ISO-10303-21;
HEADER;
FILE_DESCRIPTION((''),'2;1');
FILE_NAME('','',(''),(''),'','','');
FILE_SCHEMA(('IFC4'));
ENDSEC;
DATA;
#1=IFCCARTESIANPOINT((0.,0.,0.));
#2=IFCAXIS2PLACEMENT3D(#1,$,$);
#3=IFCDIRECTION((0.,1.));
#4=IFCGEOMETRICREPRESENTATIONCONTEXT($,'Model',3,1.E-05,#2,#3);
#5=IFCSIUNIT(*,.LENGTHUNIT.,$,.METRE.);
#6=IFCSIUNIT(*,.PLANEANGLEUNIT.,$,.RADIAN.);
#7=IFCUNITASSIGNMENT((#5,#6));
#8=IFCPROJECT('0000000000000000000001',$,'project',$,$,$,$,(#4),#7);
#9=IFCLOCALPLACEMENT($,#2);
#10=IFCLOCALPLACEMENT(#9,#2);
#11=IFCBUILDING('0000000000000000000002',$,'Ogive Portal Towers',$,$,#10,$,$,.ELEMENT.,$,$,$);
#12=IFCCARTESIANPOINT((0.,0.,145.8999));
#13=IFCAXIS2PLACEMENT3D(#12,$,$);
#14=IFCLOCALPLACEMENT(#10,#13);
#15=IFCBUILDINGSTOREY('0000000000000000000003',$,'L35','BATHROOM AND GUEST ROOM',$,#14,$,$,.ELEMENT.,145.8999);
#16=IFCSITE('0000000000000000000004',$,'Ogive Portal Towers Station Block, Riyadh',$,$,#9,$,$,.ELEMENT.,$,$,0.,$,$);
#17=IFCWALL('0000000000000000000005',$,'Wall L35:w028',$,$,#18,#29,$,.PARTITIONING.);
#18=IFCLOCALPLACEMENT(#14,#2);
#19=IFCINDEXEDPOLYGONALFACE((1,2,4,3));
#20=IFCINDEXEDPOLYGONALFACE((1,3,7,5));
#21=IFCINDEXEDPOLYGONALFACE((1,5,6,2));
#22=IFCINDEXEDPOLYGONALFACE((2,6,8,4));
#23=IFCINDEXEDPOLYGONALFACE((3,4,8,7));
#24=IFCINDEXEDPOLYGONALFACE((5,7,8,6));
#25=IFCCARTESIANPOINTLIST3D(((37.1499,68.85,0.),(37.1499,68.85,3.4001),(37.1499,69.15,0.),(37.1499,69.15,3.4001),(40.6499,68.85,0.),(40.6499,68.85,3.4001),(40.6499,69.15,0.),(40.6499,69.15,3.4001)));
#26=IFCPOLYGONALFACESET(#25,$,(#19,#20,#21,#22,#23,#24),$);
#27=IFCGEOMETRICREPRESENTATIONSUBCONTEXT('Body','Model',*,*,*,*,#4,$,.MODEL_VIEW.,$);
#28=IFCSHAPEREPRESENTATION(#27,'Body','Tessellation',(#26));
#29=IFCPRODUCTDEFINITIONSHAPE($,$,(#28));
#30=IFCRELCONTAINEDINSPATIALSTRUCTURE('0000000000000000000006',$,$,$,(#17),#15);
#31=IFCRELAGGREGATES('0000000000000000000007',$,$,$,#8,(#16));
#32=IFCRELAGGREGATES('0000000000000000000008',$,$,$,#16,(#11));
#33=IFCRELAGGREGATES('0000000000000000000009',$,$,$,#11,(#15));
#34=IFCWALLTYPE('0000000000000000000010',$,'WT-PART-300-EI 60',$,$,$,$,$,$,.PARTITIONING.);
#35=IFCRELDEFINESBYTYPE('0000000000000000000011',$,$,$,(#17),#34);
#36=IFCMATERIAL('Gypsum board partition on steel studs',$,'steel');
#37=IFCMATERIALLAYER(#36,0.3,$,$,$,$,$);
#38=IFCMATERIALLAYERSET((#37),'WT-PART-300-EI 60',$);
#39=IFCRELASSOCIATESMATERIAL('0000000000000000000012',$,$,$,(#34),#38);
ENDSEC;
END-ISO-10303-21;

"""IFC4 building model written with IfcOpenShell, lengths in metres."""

from ifc_helpers import new_model, si_unit, direction, frame, frame_2d, origin, place, context, subcontext, project, spatial, rectangle, extrude, material, layer, layer_set, type_object, element, save


model = new_model("IFC4")

# Units and contexts
model_context = context("Model", 3, precision=1e-05, world=origin(), true_north=direction((0.0, 1.0)))
body_context = subcontext(model_context, "Body", "Model", "MODEL_VIEW")
ifc_project = project(units=[si_unit("LENGTHUNIT", "METRE"), si_unit("PLANEANGLEUNIT", "RADIAN")], contexts=[model_context])

# Site, building, storey
site_placement = place(None, origin())
site = spatial("IfcSite", under=ifc_project, at=site_placement, Name="Ogive Portal Towers Station Block, Riyadh", CompositionType="ELEMENT", RefElevation=0.0)
building_placement = place(site_placement, origin())
building = spatial("IfcBuilding", under=site, at=building_placement, Name="Ogive Portal Towers", CompositionType="ELEMENT")
storey_placement = place(building_placement, frame((0.0, 0.0, 145.8999)))
storey = spatial("IfcBuildingStorey", under=building, at=storey_placement, Name="L35", Description="BATHROOM AND GUEST ROOM", CompositionType="ELEMENT", Elevation=145.8999)

# Wall
ifc_material_1 = material(Name="Gypsum board partition on steel studs", Category="steel")
ifc_layer_1 = layer(ifc_material_1, 0.3)
ifc_layer_set_1 = layer_set([ifc_layer_1], Name="WT-PART-300-EI 60")
wall_type_1 = type_object("IfcWallType", Name="WT-PART-300-EI 60", PredefinedType="PARTITIONING", material=ifc_layer_set_1)
wall_1_placement = place(storey_placement, frame((37.1499, 69.0, 0.0), z_axis=(0.0, 0.0, 1.0), x_axis=(1.0, 0.0, 0.0)))
element("IfcWall", 1, at=wall_1_placement, inside=storey, type_object=wall_type_1, Name="Wall L35:w028", PredefinedType="PARTITIONING", context=body_context, shape_type="SweptSolid", body=[
    extrude(rectangle(XDim=3.5, YDim=0.3, at=frame_2d((1.75, 0.0))), origin(), (0.0, 0.0, 1.0), 3.4001),
])

save(model, "model.ifc")
